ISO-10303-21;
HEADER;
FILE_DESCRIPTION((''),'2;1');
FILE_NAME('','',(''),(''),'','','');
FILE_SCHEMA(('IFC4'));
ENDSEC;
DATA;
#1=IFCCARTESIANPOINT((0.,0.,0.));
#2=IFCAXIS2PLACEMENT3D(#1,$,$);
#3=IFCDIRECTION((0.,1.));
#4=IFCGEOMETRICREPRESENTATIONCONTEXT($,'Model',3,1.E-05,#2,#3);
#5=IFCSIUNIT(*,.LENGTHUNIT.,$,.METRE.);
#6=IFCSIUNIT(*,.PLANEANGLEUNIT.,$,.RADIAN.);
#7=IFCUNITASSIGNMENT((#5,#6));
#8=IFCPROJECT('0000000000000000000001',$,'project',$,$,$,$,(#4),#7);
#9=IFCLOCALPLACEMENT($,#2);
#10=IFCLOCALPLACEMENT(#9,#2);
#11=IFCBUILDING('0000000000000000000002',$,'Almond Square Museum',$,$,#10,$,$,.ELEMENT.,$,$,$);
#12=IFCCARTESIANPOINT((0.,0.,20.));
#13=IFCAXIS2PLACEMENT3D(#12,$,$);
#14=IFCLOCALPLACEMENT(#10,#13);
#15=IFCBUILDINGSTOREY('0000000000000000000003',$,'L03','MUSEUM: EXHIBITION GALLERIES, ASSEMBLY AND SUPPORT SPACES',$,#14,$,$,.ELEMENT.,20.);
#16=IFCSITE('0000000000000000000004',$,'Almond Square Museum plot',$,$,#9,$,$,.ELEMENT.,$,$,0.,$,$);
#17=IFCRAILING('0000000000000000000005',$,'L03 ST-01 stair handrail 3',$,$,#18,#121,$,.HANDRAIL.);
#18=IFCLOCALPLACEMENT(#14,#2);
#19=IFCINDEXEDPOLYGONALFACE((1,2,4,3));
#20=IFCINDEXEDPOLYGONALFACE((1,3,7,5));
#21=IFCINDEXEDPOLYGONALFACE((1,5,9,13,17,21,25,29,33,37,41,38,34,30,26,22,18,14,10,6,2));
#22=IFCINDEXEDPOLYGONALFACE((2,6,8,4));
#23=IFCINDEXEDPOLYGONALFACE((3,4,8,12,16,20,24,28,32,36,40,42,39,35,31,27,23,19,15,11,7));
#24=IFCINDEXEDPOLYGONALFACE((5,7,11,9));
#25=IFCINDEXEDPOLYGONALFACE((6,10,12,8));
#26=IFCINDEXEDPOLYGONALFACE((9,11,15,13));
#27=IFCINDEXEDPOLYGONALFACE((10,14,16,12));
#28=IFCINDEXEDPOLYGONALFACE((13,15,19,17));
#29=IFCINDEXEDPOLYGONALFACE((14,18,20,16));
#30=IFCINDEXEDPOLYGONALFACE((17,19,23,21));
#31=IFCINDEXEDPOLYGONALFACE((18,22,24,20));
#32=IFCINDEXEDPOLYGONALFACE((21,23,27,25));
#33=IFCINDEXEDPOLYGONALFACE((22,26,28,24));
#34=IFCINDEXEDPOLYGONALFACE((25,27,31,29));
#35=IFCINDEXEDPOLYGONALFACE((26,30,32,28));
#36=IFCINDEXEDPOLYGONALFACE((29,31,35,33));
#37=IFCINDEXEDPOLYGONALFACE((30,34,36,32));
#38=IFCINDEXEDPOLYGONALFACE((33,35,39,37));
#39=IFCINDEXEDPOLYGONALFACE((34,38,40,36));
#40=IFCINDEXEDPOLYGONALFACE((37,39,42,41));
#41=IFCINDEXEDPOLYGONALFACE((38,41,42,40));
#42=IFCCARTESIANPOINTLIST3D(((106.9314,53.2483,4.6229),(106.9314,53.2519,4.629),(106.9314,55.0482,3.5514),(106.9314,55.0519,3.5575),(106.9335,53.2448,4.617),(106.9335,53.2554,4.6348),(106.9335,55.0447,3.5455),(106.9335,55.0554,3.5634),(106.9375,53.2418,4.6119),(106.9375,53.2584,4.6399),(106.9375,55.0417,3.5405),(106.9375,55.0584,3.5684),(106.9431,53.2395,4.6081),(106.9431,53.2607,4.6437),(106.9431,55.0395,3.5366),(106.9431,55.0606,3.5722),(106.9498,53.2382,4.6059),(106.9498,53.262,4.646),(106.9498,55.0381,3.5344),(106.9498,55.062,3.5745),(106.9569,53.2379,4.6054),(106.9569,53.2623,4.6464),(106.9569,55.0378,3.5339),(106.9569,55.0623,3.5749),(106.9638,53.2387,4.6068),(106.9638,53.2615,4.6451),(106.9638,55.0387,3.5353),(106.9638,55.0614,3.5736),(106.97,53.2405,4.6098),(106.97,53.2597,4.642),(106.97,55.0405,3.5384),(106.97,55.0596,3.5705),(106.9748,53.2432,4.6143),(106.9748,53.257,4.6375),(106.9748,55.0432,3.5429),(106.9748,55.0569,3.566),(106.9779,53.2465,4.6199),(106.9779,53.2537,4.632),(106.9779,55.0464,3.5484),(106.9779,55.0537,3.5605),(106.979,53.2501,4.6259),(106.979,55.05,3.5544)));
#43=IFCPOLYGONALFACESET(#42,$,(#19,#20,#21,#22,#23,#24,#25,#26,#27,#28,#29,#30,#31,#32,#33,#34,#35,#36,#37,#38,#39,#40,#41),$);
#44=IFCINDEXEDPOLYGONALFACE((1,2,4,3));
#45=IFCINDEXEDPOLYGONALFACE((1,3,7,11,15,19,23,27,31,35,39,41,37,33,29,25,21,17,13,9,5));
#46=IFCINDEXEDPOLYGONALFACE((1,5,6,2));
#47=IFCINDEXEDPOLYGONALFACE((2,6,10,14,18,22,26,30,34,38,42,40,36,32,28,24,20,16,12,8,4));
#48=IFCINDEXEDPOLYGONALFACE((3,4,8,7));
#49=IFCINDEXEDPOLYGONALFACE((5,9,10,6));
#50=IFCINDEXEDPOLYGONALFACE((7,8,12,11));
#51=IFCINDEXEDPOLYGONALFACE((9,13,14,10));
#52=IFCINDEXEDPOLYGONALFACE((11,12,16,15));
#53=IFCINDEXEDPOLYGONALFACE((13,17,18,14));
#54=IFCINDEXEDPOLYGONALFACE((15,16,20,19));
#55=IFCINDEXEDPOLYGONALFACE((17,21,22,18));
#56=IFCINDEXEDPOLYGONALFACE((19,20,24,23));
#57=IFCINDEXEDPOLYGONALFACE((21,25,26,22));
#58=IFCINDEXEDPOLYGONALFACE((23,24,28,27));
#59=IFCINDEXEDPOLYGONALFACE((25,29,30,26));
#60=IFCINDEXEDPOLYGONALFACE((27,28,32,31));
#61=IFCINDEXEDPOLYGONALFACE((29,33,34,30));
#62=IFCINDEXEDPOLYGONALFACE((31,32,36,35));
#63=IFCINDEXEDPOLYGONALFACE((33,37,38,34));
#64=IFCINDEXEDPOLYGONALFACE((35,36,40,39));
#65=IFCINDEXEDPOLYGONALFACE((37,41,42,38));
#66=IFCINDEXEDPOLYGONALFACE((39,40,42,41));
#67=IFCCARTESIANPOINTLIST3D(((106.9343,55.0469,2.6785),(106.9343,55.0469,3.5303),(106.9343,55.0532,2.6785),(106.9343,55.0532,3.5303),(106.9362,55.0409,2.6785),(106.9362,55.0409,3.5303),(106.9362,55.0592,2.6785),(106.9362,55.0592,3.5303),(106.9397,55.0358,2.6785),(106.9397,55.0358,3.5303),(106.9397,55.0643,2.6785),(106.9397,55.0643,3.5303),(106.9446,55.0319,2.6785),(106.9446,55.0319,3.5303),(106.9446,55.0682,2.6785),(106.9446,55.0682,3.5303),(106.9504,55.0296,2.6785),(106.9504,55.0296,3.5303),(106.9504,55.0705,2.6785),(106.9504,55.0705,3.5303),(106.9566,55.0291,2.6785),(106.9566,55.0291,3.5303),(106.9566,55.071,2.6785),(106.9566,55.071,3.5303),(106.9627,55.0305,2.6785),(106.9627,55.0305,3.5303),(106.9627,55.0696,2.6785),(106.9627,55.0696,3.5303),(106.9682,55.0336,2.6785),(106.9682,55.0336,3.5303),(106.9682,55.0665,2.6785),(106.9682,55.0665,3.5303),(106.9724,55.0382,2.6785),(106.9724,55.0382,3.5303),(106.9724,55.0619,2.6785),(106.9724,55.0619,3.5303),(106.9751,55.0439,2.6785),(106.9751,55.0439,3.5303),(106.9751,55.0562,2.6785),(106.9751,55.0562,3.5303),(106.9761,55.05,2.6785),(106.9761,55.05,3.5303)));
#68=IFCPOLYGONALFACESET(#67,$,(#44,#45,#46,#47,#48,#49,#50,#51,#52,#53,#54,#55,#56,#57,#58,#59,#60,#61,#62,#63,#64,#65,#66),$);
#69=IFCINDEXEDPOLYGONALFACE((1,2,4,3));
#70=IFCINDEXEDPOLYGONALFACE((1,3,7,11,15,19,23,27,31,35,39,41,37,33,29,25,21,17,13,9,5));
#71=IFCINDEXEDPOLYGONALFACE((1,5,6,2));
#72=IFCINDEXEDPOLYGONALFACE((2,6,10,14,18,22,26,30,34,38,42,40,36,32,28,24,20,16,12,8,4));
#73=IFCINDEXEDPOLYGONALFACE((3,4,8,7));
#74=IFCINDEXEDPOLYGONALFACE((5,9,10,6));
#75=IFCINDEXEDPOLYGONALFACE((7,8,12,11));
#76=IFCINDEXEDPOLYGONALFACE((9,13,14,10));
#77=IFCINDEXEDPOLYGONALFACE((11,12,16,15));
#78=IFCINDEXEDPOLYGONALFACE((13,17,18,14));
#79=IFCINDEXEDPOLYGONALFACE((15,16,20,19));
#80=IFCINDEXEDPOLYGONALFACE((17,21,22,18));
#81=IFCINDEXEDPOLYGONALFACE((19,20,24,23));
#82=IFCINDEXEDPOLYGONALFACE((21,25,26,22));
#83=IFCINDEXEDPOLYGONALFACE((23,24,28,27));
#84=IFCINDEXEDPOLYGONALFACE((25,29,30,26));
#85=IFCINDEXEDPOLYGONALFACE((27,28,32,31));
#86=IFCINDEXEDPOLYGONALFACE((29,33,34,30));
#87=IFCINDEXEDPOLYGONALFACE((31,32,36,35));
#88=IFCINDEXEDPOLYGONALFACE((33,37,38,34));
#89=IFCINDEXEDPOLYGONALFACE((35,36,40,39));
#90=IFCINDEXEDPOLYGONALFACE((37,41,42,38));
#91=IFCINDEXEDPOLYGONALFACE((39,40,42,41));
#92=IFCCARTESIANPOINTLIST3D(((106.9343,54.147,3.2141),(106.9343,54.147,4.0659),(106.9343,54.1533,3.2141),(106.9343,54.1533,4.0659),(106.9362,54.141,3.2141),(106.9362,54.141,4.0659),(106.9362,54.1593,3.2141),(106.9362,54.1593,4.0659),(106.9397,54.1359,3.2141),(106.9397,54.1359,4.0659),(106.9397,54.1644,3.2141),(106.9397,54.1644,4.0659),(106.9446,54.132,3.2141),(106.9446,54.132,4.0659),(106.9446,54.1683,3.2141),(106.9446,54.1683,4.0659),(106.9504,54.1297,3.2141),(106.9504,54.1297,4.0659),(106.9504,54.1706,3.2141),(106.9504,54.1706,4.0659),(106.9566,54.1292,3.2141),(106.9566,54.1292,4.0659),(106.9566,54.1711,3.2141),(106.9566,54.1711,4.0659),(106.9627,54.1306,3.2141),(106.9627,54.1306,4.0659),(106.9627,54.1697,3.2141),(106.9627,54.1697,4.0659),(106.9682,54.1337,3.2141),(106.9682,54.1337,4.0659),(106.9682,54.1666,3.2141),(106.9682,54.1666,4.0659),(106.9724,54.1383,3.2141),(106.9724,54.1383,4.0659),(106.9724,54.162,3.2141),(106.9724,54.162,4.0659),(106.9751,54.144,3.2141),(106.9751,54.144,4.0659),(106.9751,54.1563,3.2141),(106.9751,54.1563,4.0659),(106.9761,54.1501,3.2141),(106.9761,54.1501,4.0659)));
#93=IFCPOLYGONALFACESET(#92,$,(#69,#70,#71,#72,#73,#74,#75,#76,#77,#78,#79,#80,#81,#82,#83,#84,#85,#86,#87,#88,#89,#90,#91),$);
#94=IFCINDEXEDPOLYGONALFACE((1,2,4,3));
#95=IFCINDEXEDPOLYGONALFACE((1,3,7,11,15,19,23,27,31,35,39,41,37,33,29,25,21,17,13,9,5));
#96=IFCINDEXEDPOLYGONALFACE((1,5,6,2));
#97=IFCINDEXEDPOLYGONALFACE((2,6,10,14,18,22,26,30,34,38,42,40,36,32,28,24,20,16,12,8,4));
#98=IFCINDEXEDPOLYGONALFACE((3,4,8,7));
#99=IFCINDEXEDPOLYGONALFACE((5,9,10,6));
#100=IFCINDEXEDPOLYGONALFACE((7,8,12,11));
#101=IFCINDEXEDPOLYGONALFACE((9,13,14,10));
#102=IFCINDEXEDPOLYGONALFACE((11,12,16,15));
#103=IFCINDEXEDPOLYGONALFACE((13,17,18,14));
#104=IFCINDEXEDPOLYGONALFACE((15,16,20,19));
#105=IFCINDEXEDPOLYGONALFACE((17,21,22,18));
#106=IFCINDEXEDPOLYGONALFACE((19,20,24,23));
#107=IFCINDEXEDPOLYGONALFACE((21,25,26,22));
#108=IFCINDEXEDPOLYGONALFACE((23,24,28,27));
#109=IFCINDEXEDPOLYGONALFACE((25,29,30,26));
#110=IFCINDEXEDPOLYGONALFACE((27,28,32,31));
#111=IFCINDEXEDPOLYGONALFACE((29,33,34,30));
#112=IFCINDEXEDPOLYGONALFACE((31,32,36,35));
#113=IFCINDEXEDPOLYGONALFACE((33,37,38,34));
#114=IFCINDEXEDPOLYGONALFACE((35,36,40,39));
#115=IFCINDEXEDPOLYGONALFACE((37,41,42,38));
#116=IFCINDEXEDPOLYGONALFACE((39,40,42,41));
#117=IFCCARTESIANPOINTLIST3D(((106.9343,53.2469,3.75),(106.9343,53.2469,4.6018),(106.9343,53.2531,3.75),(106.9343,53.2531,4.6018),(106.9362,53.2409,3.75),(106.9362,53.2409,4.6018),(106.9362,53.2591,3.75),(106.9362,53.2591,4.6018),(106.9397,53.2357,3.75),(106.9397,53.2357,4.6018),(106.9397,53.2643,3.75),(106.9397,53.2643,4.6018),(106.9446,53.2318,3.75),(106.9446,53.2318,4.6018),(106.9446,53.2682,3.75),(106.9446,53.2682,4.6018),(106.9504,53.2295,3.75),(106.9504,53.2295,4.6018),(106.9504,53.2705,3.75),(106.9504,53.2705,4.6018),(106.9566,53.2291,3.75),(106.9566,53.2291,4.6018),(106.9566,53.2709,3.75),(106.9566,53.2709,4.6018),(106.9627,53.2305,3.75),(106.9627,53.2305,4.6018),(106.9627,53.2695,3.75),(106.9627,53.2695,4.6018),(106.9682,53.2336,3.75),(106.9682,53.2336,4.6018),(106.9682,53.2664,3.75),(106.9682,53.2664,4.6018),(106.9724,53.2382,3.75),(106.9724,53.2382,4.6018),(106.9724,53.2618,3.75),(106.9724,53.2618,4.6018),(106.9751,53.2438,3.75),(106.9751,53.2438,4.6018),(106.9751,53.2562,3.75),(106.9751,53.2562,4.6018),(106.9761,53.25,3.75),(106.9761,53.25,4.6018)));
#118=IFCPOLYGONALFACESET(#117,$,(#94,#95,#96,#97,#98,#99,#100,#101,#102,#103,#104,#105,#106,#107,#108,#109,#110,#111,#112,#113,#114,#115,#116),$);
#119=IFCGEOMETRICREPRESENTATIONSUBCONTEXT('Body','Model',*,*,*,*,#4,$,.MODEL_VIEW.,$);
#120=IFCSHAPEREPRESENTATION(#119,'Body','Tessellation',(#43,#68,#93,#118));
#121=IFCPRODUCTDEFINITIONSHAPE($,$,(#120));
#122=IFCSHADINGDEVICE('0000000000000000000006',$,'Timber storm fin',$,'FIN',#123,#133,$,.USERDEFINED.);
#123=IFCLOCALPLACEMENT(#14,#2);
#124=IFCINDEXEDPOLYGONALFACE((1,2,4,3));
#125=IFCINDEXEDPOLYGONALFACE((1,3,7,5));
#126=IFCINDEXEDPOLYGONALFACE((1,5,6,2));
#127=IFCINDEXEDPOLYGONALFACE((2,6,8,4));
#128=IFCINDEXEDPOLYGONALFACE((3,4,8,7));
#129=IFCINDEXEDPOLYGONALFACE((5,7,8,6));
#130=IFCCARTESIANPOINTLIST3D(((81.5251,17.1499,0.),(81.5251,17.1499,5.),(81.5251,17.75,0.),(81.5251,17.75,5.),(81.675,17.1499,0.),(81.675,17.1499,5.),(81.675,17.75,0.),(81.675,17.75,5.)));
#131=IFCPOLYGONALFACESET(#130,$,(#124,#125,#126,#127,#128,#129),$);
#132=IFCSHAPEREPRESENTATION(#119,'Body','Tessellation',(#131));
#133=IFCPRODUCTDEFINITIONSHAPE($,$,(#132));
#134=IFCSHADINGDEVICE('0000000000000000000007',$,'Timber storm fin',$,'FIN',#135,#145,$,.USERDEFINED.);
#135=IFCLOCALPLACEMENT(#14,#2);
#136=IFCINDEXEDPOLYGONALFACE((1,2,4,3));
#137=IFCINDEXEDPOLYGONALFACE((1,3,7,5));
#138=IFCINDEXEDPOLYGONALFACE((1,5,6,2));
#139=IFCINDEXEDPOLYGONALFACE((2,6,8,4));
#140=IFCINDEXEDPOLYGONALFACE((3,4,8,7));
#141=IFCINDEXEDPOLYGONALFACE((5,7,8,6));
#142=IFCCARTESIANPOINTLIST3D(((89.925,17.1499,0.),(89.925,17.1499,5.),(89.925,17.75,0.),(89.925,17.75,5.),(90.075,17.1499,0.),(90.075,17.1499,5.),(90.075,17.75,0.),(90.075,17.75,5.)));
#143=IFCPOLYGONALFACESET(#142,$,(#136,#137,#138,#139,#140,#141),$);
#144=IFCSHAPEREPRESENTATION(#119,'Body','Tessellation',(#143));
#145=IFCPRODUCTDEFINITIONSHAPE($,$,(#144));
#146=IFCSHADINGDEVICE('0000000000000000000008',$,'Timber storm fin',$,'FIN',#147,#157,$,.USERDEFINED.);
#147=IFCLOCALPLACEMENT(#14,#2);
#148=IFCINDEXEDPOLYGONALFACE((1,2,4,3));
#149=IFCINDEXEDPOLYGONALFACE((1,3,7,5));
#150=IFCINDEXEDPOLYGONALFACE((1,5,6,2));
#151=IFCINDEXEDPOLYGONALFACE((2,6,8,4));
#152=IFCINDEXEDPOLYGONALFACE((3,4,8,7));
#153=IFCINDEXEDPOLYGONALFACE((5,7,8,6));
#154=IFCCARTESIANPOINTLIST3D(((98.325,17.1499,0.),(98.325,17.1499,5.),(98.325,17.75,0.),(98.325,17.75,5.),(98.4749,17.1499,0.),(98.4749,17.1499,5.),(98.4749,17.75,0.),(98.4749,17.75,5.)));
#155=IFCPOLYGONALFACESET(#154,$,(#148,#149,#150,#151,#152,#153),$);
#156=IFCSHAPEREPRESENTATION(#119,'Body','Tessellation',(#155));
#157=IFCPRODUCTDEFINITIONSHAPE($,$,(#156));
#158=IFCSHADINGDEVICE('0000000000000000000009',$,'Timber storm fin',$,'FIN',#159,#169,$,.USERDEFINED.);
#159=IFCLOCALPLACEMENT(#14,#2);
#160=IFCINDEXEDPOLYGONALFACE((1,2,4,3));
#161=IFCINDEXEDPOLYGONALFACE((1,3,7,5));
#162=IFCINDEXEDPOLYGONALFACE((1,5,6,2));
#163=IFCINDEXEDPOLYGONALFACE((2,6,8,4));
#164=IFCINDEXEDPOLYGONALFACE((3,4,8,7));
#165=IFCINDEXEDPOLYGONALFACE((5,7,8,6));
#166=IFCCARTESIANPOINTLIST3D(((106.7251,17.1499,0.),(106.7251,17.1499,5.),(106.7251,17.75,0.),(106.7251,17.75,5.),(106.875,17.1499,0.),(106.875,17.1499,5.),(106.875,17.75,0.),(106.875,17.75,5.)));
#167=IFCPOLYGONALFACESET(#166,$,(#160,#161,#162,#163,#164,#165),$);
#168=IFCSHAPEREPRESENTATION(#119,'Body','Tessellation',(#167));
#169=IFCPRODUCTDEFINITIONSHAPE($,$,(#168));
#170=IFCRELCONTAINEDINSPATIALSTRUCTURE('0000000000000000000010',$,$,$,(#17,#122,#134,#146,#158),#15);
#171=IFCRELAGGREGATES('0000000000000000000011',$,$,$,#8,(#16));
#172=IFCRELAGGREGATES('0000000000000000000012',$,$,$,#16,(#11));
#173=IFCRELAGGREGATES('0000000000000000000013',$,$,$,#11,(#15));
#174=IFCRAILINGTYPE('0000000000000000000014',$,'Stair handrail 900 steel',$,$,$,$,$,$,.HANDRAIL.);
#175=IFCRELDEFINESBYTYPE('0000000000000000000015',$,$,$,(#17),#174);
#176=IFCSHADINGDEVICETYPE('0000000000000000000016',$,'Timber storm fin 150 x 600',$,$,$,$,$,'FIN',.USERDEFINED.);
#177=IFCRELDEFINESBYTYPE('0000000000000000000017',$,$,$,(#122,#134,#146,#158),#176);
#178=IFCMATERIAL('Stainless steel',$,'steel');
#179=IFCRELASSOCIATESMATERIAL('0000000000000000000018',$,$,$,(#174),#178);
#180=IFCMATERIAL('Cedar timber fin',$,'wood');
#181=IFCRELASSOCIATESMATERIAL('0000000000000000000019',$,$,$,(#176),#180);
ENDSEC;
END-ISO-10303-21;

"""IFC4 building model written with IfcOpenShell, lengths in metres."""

from ifc_helpers import new_model, si_unit, direction, frame, origin, origin_2d, place, context, subcontext, project, spatial, rectangle, circle, extrude, material, type_object, element, save


model = new_model("IFC4")

# Units and contexts
model_context = context("Model", 3, precision=1e-05, world=origin(), true_north=direction((0.0, 1.0)))
body_context = subcontext(model_context, "Body", "Model", "MODEL_VIEW")
ifc_project = project(units=[si_unit("LENGTHUNIT", "METRE"), si_unit("PLANEANGLEUNIT", "RADIAN")], contexts=[model_context])

# Site, building, storey
site_placement = place(None, origin())
site = spatial("IfcSite", under=ifc_project, at=site_placement, Name="Almond Square Museum plot", CompositionType="ELEMENT", RefElevation=0.0)
building_placement = place(site_placement, origin())
building = spatial("IfcBuilding", under=site, at=building_placement, Name="Almond Square Museum", CompositionType="ELEMENT")
storey_placement = place(building_placement, frame((0.0, 0.0, 20.0)))
storey = spatial("IfcBuildingStorey", under=building, at=storey_placement, Name="L03", Description="MUSEUM: EXHIBITION GALLERIES, ASSEMBLY AND SUPPORT SPACES", CompositionType="ELEMENT", Elevation=20.0)

# Railing
ifc_material_1 = material(Name="Stainless steel", Category="steel")
railing_type_1 = type_object("IfcRailingType", Name="Stair handrail 900 steel", PredefinedType="HANDRAIL", material=ifc_material_1)
for number, where, name in (
    (1, (106.9551, 55.05, 2.6785), "L03 ST-01 stair handrail 3"),
):
    element("IfcRailing", number, at=place(storey_placement, frame(where)), inside=storey, type_object=railing_type_1, Name=name, PredefinedType="HANDRAIL", context=body_context, shape_type="SweptSolid", body=[
        extrude(circle(Radius=0.0239, at=origin_2d()), frame((0.0, 0.0, 0.876), z_axis=(0.0, -0.859277, 0.51151), x_axis=(1.0, 0.0, 0.0)), (0.0, 0.0, 1.0), 2.0947),
        extrude(circle(Radius=0.021, at=origin_2d()), origin(), (0.0, 0.0, 1.0), 0.8518),
        extrude(circle(Radius=0.021, at=origin_2d()), frame((0.0, -0.8999, 0.5356)), (0.0, 0.0, 1.0), 0.8518),
        extrude(circle(Radius=0.021, at=origin_2d()), frame((0.0, -1.8, 1.0715)), (0.0, 0.0, 1.0), 0.8518),
    ])

# Shading devices
ifc_material_2 = material(Name="Cedar timber fin", Category="wood")
shading_device_type = type_object("IfcShadingDeviceType", Name="Timber storm fin 150 x 600", ElementType="FIN", PredefinedType="USERDEFINED", material=ifc_material_2)
for number, where, z_axis, x_axis, name in (
    (2, (81.6001, 17.45, 0.0), (0.0, 0.0, 1.0), (1.0, 0.0, 0.0), "Timber storm fin"),
    (3, (90.0, 17.45, 0.0), (0.0, 0.0, 1.0), (1.0, 0.0, 0.0), "Timber storm fin"),
    (4, (98.3999, 17.45, 0.0), (0.0, 0.0, 1.0), (1.0, 0.0, 0.0), "Timber storm fin"),
    (5, (106.8, 17.45, 0.0), (0.0, 0.0, 1.0), (1.0, 0.0, 0.0), "Timber storm fin"),
):
    element("IfcShadingDevice", number, at=place(storey_placement, frame(where, z_axis=z_axis, x_axis=x_axis)), inside=storey, type_object=shading_device_type, Name=name, ObjectType="FIN", PredefinedType="USERDEFINED", context=body_context, shape_type="SweptSolid", body=[
        extrude(rectangle(XDim=0.1499, YDim=0.6001, at=origin_2d()), origin(), (0.0, 0.0, 1.0), 5.0),
    ])

save(model, "model.ifc")
